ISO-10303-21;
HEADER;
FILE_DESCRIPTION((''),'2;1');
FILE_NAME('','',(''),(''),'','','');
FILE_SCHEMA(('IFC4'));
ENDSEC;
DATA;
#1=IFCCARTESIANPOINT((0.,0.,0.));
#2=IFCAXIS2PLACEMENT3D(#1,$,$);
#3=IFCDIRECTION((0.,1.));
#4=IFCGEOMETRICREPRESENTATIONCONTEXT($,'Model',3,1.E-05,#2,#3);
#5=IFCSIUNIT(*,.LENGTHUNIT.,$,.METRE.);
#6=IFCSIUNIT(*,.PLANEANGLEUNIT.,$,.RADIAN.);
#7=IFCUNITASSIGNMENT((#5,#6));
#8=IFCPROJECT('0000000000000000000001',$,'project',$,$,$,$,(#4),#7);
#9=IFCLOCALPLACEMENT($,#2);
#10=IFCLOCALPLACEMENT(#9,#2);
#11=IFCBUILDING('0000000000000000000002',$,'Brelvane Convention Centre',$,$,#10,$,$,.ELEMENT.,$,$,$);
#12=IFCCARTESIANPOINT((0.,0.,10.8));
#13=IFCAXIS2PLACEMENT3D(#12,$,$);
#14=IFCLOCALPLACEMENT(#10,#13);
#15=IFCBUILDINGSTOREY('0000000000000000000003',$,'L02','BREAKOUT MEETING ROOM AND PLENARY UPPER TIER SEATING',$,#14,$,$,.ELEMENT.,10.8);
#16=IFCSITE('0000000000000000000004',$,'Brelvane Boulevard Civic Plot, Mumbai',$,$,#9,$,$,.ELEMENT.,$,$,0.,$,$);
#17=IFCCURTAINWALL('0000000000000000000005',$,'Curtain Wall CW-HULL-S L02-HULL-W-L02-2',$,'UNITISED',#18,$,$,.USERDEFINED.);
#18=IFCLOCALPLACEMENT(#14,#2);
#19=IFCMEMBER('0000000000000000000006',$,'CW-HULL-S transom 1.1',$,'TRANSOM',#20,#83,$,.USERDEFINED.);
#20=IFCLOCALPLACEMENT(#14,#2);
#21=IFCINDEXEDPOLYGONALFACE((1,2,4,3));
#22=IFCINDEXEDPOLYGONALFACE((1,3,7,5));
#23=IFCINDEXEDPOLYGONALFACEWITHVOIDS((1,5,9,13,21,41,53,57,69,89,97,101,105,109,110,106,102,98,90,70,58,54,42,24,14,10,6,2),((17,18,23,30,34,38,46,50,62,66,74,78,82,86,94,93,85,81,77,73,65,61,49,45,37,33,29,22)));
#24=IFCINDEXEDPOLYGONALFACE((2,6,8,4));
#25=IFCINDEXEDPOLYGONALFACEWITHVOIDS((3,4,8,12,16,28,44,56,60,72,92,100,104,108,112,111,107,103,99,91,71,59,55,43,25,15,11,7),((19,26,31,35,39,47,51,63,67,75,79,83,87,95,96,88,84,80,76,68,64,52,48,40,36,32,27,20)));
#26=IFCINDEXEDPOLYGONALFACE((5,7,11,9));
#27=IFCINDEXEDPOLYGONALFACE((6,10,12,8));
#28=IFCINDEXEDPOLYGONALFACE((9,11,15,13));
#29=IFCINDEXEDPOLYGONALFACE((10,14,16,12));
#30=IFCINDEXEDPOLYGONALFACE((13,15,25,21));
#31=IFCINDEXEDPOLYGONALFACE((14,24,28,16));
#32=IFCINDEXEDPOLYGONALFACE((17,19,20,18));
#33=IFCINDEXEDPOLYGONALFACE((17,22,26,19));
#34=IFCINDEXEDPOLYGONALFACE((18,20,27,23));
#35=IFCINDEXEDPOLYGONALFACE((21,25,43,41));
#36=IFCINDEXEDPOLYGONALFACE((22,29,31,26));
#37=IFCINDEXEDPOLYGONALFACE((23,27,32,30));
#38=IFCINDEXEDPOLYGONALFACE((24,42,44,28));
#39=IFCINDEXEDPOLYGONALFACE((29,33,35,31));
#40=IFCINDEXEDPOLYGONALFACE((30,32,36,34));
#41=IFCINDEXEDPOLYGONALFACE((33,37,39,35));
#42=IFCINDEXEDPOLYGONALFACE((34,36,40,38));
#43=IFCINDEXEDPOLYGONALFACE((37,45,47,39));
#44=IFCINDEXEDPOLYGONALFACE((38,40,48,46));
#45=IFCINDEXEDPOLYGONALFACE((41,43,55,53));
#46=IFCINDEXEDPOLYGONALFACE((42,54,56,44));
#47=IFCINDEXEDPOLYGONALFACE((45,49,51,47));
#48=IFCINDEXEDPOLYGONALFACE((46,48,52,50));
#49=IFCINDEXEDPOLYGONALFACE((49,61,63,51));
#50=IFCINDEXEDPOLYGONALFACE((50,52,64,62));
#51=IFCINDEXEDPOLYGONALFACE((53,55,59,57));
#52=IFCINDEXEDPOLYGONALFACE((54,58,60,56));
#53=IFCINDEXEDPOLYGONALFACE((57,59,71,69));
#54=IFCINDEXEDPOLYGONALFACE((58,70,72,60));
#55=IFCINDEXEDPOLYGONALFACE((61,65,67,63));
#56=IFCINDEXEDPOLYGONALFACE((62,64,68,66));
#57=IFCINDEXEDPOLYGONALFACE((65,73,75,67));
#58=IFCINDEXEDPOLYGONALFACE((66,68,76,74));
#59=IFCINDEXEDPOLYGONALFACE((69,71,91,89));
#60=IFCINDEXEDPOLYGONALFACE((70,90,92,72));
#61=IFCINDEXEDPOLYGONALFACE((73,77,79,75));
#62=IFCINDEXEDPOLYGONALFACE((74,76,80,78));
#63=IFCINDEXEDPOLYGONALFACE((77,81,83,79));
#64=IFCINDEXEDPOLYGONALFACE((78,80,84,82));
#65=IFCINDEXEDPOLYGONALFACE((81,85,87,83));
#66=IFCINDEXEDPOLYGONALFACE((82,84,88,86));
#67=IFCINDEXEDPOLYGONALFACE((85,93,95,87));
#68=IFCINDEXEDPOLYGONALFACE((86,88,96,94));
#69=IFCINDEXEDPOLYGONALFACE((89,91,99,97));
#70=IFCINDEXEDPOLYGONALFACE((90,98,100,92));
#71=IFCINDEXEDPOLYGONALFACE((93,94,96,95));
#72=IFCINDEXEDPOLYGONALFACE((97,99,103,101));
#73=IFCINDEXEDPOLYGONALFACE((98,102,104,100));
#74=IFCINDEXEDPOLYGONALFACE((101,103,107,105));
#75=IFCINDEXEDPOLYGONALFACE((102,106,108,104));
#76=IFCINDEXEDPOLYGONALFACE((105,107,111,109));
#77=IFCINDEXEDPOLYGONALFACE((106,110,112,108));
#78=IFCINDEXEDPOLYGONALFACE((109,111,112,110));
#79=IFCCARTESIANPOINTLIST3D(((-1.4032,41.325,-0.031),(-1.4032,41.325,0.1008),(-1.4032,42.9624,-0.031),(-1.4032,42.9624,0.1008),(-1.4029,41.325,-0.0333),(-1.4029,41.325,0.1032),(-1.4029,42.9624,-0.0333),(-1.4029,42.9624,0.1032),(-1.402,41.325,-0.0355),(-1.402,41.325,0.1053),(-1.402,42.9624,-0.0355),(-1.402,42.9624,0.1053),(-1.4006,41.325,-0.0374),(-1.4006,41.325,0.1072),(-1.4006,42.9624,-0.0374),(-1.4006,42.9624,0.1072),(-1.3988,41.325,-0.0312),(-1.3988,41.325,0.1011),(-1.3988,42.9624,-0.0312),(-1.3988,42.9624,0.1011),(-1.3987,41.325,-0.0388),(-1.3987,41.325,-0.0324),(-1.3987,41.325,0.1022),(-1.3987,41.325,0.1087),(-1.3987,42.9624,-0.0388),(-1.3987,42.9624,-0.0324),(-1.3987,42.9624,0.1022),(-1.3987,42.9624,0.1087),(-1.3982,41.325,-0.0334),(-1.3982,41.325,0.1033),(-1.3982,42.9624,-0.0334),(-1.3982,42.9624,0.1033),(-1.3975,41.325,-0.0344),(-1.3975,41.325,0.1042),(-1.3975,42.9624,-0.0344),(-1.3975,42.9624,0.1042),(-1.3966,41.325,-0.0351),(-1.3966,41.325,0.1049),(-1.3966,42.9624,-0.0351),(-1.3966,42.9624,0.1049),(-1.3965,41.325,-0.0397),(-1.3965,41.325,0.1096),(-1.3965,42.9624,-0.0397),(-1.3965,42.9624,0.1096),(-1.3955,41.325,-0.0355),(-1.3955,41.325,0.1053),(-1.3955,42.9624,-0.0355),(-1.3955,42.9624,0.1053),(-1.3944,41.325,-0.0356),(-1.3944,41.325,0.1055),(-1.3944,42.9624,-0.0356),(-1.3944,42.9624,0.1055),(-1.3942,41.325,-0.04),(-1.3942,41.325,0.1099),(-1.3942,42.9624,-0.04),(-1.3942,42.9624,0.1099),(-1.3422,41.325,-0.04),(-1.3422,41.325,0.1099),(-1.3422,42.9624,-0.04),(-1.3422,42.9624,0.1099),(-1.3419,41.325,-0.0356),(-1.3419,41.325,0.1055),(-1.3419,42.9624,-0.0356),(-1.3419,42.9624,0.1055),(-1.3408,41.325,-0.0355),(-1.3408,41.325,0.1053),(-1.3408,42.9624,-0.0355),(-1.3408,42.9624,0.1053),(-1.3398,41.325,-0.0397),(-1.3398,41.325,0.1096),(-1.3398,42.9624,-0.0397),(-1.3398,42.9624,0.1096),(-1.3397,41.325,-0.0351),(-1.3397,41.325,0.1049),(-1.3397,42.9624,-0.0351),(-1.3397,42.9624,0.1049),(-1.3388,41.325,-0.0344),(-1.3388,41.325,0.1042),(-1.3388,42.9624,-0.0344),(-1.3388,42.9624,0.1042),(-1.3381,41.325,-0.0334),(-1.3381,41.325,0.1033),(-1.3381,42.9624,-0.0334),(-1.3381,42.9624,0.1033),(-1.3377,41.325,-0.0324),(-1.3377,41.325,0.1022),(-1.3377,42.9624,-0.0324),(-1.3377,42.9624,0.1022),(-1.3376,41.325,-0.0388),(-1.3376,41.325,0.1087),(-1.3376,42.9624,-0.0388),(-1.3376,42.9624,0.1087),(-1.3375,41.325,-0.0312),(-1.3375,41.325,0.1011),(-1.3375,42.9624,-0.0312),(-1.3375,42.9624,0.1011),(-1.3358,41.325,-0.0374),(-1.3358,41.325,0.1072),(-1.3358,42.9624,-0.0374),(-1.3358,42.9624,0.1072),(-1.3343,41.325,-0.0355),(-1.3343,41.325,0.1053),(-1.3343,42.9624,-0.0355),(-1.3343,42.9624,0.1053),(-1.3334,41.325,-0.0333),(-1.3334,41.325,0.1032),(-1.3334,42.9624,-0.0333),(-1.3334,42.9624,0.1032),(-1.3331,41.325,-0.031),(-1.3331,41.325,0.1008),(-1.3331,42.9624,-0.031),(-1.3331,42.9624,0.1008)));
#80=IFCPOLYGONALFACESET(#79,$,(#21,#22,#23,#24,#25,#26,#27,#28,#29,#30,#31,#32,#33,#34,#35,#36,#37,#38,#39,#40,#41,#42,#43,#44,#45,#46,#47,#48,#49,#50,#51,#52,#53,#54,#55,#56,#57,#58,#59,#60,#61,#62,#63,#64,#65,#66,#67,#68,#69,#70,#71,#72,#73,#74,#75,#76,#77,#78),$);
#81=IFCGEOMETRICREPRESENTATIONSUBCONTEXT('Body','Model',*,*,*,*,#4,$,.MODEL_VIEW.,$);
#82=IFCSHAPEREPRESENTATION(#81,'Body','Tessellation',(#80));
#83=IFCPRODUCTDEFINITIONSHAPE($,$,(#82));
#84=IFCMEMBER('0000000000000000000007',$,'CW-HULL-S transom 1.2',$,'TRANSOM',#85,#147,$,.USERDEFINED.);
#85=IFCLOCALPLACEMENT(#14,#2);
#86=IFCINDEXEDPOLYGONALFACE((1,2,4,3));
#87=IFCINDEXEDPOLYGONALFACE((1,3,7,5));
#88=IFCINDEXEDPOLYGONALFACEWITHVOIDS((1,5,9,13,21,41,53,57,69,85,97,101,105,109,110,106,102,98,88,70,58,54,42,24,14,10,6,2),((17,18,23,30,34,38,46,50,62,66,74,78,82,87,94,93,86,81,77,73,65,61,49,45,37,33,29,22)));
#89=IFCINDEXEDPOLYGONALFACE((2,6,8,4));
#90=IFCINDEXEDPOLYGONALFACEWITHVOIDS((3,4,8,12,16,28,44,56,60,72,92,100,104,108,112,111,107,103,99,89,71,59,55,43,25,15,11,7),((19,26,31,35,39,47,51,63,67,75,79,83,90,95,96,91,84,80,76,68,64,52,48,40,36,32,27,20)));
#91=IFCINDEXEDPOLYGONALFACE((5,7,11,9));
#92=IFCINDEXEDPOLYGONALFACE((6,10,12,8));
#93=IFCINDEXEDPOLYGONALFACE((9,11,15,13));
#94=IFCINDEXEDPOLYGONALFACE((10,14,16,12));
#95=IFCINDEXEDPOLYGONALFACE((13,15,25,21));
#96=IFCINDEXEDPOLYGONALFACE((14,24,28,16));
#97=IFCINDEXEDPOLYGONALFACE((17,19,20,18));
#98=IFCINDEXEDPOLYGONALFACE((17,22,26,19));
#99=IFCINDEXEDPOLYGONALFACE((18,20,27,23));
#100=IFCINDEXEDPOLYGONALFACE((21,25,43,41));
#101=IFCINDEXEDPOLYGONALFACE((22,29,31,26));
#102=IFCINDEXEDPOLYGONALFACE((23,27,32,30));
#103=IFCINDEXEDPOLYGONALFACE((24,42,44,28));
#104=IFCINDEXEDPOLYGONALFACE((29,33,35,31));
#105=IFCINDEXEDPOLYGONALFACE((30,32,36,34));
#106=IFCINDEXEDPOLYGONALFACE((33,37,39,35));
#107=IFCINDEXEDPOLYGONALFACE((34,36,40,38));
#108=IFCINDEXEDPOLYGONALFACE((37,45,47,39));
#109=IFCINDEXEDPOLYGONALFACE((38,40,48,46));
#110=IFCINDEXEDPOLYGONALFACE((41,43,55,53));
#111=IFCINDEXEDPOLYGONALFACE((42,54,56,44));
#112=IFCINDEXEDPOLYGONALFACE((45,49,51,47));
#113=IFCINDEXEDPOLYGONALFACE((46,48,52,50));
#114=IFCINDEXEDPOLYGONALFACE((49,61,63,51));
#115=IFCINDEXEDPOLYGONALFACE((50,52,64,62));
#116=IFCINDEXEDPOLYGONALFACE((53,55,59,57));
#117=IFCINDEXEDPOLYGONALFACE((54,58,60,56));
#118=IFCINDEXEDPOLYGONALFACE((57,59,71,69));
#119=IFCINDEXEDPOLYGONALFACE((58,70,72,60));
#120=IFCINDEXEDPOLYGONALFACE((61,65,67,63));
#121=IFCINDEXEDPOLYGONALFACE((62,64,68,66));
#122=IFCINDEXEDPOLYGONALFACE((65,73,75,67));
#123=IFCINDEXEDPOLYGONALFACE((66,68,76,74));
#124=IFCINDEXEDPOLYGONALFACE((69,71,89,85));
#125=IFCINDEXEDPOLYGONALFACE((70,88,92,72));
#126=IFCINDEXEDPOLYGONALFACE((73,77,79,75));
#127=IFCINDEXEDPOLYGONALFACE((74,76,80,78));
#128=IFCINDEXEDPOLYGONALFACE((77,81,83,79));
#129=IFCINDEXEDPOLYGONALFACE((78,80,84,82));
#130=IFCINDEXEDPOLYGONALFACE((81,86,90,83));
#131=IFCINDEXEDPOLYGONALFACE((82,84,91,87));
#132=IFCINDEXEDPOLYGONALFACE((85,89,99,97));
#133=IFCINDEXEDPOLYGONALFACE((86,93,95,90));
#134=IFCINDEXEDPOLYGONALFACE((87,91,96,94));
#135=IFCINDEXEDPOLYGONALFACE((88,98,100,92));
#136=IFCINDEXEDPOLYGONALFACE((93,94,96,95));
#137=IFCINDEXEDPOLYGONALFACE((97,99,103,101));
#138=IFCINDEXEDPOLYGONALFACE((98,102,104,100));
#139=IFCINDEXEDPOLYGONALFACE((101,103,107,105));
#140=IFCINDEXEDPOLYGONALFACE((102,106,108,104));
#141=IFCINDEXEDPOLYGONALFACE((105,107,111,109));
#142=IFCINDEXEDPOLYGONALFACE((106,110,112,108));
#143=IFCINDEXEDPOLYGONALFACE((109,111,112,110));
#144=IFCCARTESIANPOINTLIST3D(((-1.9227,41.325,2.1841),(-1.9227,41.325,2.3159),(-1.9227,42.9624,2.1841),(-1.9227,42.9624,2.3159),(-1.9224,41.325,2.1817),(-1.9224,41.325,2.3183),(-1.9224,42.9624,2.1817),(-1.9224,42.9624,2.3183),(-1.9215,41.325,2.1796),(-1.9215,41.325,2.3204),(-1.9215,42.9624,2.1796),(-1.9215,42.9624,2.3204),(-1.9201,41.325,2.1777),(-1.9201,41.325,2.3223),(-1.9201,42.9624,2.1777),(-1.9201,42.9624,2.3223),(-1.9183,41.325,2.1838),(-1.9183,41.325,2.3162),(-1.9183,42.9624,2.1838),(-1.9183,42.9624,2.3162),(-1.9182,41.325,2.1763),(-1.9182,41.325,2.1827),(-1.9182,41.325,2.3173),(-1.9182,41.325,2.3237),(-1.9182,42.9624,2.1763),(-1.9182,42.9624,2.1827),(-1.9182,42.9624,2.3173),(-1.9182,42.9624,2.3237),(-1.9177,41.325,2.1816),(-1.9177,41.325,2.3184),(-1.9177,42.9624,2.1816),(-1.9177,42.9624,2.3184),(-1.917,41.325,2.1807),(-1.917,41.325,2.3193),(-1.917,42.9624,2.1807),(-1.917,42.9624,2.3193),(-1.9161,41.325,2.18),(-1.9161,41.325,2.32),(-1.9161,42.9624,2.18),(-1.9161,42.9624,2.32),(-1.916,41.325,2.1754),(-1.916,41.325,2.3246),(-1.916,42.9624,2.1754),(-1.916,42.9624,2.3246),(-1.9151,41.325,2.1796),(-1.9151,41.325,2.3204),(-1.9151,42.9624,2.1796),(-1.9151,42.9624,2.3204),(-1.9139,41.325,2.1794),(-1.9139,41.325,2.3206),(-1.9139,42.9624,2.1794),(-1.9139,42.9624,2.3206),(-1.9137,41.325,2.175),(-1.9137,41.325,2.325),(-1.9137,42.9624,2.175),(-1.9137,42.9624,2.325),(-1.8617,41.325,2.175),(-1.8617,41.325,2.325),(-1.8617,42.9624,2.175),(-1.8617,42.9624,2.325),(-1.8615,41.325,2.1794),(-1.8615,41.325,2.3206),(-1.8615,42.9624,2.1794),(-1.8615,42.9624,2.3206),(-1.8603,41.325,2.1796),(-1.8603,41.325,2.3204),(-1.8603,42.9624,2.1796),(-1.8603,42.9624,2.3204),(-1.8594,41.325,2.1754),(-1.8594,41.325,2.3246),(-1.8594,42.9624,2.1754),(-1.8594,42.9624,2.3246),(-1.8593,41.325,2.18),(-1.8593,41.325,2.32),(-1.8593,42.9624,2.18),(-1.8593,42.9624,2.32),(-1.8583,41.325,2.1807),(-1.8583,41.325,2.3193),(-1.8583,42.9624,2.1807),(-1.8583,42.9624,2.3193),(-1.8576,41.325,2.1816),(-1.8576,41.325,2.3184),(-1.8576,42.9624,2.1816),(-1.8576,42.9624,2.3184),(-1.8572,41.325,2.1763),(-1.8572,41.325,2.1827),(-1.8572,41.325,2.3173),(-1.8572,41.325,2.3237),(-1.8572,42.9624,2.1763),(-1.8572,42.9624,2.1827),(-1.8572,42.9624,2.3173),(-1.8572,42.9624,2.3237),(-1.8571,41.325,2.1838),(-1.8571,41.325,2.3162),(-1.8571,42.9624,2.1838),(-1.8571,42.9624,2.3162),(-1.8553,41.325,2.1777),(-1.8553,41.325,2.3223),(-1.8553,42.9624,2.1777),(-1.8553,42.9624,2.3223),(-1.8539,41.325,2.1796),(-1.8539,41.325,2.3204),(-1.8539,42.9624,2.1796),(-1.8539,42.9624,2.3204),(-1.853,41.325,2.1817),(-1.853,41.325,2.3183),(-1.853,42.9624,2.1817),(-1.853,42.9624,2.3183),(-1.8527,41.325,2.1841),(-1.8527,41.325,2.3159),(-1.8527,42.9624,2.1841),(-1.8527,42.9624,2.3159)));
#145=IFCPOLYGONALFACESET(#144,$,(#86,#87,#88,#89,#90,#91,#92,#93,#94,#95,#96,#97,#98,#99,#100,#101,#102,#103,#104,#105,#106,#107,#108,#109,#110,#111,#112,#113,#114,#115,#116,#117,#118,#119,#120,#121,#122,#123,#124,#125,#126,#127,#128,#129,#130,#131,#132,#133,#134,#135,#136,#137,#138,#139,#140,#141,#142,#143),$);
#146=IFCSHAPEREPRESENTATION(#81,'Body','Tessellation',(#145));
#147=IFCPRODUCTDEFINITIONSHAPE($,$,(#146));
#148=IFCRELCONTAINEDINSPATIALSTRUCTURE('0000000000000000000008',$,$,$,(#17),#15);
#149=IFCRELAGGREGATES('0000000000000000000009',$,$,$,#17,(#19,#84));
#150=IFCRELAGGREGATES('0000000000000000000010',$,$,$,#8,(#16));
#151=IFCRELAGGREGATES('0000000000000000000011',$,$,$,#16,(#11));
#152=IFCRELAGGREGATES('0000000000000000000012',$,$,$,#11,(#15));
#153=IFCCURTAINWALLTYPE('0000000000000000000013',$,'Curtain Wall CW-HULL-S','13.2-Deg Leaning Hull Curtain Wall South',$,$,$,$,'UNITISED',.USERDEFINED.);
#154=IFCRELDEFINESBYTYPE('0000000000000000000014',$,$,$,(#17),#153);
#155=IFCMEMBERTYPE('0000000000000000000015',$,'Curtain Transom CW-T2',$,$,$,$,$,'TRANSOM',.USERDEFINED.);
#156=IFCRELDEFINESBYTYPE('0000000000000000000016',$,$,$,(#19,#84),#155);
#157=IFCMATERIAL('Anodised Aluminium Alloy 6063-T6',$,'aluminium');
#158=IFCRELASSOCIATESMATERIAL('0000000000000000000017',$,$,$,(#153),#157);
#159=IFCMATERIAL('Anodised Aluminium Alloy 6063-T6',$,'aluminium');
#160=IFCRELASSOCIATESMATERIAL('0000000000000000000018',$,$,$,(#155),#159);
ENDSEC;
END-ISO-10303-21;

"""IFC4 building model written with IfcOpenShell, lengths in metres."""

from ifc_helpers import new_model, si_unit, direction, frame, origin, origin_2d, place, context, subcontext, project, spatial, hollow_rectangle, extrude, material, material_profile, profile_set, type_object, element, aggregate, save


model = new_model("IFC4")

# Units and contexts
model_context = context("Model", 3, precision=1e-05, world=origin(), true_north=direction((0.0, 1.0)))
body_context = subcontext(model_context, "Body", "Model", "MODEL_VIEW")
ifc_project = project(units=[si_unit("LENGTHUNIT", "METRE"), si_unit("PLANEANGLEUNIT", "RADIAN")], contexts=[model_context])

# Site, building, storey
site_placement = place(None, origin())
site = spatial("IfcSite", under=ifc_project, at=site_placement, Name="Brelvane Boulevard Civic Plot, Mumbai", CompositionType="ELEMENT", RefElevation=0.0)
building_placement = place(site_placement, origin())
building = spatial("IfcBuilding", under=site, at=building_placement, Name="Brelvane Convention Centre", CompositionType="ELEMENT")
storey_placement = place(building_placement, frame((0.0, 0.0, 10.8)))
storey = spatial("IfcBuildingStorey", under=building, at=storey_placement, Name="L02", Description="BREAKOUT MEETING ROOM AND PLENARY UPPER TIER SEATING", CompositionType="ELEMENT", Elevation=10.8)

# Curtain wall, members
ifc_material_1 = material(Name="Anodised Aluminium Alloy 6063-T6", Category="aluminium")
curtain_wall_type = type_object("IfcCurtainWallType", Name="Curtain Wall CW-HULL-S", Description="13.2-Deg Leaning Hull Curtain Wall South", ElementType="UNITISED", PredefinedType="USERDEFINED", material=ifc_material_1)
curtain_wall_placement = place(storey_placement, origin())
curtain_wall = element("IfcCurtainWall", 1, at=curtain_wall_placement, inside=storey, type_object=curtain_wall_type, Name="Curtain Wall CW-HULL-S L02-HULL-W-L02-2", ObjectType="UNITISED", PredefinedType="USERDEFINED")
ifc_material_2 = material(Name="Anodised Aluminium Alloy 6063-T6", Category="aluminium")
ifc_material_profile_1 = material_profile(ifc_material_2, hollow_rectangle(XDim=0.0701, YDim=0.1499, WallThickness=0.0044, InnerFilletRadius=0.0044, OuterFilletRadius=0.009, at=origin_2d()), Name="ALU-T 150x70x4.5")
ifc_profile_set_1 = profile_set([ifc_material_profile_1], Name="Anodised Aluminium Alloy 6063-T6")
member_type_1 = type_object("IfcMemberType", Name="Curtain Transom CW-T2", ElementType="TRANSOM", PredefinedType="USERDEFINED", material=ifc_profile_set_1)
member_1_placement = place(storey_placement, frame((-1.3682, 41.325, 0.0349), z_axis=(0.0, 1.0, 0.0), x_axis=(-1.0, 0.0, 0.0)))
member_1 = element("IfcMember", 2, at=member_1_placement, type_object=member_type_1, Name="CW-HULL-S transom 1.1", ObjectType="TRANSOM", PredefinedType="USERDEFINED", context=body_context, shape_type="SweptSolid", body=[
    extrude(hollow_rectangle(XDim=0.0701, YDim=0.1499, WallThickness=0.0044, InnerFilletRadius=0.0044, OuterFilletRadius=0.009, at=origin_2d()), origin(), (0.0, 0.0, 1.0), 1.6375),
])
member_2_placement = place(storey_placement, frame((-1.8877, 41.325, 2.25), z_axis=(0.0, 1.0, 0.0), x_axis=(-1.0, 0.0, 0.0)))
member_2 = element("IfcMember", 3, at=member_2_placement, type_object=member_type_1, Name="CW-HULL-S transom 1.2", ObjectType="TRANSOM", PredefinedType="USERDEFINED", context=body_context, shape_type="SweptSolid", body=[
    extrude(hollow_rectangle(XDim=0.0701, YDim=0.1499, WallThickness=0.0044, InnerFilletRadius=0.0044, OuterFilletRadius=0.009, at=origin_2d()), origin(), (0.0, 0.0, 1.0), 1.6375),
])
aggregate(curtain_wall, [member_1, member_2])

save(model, "model.ifc")
